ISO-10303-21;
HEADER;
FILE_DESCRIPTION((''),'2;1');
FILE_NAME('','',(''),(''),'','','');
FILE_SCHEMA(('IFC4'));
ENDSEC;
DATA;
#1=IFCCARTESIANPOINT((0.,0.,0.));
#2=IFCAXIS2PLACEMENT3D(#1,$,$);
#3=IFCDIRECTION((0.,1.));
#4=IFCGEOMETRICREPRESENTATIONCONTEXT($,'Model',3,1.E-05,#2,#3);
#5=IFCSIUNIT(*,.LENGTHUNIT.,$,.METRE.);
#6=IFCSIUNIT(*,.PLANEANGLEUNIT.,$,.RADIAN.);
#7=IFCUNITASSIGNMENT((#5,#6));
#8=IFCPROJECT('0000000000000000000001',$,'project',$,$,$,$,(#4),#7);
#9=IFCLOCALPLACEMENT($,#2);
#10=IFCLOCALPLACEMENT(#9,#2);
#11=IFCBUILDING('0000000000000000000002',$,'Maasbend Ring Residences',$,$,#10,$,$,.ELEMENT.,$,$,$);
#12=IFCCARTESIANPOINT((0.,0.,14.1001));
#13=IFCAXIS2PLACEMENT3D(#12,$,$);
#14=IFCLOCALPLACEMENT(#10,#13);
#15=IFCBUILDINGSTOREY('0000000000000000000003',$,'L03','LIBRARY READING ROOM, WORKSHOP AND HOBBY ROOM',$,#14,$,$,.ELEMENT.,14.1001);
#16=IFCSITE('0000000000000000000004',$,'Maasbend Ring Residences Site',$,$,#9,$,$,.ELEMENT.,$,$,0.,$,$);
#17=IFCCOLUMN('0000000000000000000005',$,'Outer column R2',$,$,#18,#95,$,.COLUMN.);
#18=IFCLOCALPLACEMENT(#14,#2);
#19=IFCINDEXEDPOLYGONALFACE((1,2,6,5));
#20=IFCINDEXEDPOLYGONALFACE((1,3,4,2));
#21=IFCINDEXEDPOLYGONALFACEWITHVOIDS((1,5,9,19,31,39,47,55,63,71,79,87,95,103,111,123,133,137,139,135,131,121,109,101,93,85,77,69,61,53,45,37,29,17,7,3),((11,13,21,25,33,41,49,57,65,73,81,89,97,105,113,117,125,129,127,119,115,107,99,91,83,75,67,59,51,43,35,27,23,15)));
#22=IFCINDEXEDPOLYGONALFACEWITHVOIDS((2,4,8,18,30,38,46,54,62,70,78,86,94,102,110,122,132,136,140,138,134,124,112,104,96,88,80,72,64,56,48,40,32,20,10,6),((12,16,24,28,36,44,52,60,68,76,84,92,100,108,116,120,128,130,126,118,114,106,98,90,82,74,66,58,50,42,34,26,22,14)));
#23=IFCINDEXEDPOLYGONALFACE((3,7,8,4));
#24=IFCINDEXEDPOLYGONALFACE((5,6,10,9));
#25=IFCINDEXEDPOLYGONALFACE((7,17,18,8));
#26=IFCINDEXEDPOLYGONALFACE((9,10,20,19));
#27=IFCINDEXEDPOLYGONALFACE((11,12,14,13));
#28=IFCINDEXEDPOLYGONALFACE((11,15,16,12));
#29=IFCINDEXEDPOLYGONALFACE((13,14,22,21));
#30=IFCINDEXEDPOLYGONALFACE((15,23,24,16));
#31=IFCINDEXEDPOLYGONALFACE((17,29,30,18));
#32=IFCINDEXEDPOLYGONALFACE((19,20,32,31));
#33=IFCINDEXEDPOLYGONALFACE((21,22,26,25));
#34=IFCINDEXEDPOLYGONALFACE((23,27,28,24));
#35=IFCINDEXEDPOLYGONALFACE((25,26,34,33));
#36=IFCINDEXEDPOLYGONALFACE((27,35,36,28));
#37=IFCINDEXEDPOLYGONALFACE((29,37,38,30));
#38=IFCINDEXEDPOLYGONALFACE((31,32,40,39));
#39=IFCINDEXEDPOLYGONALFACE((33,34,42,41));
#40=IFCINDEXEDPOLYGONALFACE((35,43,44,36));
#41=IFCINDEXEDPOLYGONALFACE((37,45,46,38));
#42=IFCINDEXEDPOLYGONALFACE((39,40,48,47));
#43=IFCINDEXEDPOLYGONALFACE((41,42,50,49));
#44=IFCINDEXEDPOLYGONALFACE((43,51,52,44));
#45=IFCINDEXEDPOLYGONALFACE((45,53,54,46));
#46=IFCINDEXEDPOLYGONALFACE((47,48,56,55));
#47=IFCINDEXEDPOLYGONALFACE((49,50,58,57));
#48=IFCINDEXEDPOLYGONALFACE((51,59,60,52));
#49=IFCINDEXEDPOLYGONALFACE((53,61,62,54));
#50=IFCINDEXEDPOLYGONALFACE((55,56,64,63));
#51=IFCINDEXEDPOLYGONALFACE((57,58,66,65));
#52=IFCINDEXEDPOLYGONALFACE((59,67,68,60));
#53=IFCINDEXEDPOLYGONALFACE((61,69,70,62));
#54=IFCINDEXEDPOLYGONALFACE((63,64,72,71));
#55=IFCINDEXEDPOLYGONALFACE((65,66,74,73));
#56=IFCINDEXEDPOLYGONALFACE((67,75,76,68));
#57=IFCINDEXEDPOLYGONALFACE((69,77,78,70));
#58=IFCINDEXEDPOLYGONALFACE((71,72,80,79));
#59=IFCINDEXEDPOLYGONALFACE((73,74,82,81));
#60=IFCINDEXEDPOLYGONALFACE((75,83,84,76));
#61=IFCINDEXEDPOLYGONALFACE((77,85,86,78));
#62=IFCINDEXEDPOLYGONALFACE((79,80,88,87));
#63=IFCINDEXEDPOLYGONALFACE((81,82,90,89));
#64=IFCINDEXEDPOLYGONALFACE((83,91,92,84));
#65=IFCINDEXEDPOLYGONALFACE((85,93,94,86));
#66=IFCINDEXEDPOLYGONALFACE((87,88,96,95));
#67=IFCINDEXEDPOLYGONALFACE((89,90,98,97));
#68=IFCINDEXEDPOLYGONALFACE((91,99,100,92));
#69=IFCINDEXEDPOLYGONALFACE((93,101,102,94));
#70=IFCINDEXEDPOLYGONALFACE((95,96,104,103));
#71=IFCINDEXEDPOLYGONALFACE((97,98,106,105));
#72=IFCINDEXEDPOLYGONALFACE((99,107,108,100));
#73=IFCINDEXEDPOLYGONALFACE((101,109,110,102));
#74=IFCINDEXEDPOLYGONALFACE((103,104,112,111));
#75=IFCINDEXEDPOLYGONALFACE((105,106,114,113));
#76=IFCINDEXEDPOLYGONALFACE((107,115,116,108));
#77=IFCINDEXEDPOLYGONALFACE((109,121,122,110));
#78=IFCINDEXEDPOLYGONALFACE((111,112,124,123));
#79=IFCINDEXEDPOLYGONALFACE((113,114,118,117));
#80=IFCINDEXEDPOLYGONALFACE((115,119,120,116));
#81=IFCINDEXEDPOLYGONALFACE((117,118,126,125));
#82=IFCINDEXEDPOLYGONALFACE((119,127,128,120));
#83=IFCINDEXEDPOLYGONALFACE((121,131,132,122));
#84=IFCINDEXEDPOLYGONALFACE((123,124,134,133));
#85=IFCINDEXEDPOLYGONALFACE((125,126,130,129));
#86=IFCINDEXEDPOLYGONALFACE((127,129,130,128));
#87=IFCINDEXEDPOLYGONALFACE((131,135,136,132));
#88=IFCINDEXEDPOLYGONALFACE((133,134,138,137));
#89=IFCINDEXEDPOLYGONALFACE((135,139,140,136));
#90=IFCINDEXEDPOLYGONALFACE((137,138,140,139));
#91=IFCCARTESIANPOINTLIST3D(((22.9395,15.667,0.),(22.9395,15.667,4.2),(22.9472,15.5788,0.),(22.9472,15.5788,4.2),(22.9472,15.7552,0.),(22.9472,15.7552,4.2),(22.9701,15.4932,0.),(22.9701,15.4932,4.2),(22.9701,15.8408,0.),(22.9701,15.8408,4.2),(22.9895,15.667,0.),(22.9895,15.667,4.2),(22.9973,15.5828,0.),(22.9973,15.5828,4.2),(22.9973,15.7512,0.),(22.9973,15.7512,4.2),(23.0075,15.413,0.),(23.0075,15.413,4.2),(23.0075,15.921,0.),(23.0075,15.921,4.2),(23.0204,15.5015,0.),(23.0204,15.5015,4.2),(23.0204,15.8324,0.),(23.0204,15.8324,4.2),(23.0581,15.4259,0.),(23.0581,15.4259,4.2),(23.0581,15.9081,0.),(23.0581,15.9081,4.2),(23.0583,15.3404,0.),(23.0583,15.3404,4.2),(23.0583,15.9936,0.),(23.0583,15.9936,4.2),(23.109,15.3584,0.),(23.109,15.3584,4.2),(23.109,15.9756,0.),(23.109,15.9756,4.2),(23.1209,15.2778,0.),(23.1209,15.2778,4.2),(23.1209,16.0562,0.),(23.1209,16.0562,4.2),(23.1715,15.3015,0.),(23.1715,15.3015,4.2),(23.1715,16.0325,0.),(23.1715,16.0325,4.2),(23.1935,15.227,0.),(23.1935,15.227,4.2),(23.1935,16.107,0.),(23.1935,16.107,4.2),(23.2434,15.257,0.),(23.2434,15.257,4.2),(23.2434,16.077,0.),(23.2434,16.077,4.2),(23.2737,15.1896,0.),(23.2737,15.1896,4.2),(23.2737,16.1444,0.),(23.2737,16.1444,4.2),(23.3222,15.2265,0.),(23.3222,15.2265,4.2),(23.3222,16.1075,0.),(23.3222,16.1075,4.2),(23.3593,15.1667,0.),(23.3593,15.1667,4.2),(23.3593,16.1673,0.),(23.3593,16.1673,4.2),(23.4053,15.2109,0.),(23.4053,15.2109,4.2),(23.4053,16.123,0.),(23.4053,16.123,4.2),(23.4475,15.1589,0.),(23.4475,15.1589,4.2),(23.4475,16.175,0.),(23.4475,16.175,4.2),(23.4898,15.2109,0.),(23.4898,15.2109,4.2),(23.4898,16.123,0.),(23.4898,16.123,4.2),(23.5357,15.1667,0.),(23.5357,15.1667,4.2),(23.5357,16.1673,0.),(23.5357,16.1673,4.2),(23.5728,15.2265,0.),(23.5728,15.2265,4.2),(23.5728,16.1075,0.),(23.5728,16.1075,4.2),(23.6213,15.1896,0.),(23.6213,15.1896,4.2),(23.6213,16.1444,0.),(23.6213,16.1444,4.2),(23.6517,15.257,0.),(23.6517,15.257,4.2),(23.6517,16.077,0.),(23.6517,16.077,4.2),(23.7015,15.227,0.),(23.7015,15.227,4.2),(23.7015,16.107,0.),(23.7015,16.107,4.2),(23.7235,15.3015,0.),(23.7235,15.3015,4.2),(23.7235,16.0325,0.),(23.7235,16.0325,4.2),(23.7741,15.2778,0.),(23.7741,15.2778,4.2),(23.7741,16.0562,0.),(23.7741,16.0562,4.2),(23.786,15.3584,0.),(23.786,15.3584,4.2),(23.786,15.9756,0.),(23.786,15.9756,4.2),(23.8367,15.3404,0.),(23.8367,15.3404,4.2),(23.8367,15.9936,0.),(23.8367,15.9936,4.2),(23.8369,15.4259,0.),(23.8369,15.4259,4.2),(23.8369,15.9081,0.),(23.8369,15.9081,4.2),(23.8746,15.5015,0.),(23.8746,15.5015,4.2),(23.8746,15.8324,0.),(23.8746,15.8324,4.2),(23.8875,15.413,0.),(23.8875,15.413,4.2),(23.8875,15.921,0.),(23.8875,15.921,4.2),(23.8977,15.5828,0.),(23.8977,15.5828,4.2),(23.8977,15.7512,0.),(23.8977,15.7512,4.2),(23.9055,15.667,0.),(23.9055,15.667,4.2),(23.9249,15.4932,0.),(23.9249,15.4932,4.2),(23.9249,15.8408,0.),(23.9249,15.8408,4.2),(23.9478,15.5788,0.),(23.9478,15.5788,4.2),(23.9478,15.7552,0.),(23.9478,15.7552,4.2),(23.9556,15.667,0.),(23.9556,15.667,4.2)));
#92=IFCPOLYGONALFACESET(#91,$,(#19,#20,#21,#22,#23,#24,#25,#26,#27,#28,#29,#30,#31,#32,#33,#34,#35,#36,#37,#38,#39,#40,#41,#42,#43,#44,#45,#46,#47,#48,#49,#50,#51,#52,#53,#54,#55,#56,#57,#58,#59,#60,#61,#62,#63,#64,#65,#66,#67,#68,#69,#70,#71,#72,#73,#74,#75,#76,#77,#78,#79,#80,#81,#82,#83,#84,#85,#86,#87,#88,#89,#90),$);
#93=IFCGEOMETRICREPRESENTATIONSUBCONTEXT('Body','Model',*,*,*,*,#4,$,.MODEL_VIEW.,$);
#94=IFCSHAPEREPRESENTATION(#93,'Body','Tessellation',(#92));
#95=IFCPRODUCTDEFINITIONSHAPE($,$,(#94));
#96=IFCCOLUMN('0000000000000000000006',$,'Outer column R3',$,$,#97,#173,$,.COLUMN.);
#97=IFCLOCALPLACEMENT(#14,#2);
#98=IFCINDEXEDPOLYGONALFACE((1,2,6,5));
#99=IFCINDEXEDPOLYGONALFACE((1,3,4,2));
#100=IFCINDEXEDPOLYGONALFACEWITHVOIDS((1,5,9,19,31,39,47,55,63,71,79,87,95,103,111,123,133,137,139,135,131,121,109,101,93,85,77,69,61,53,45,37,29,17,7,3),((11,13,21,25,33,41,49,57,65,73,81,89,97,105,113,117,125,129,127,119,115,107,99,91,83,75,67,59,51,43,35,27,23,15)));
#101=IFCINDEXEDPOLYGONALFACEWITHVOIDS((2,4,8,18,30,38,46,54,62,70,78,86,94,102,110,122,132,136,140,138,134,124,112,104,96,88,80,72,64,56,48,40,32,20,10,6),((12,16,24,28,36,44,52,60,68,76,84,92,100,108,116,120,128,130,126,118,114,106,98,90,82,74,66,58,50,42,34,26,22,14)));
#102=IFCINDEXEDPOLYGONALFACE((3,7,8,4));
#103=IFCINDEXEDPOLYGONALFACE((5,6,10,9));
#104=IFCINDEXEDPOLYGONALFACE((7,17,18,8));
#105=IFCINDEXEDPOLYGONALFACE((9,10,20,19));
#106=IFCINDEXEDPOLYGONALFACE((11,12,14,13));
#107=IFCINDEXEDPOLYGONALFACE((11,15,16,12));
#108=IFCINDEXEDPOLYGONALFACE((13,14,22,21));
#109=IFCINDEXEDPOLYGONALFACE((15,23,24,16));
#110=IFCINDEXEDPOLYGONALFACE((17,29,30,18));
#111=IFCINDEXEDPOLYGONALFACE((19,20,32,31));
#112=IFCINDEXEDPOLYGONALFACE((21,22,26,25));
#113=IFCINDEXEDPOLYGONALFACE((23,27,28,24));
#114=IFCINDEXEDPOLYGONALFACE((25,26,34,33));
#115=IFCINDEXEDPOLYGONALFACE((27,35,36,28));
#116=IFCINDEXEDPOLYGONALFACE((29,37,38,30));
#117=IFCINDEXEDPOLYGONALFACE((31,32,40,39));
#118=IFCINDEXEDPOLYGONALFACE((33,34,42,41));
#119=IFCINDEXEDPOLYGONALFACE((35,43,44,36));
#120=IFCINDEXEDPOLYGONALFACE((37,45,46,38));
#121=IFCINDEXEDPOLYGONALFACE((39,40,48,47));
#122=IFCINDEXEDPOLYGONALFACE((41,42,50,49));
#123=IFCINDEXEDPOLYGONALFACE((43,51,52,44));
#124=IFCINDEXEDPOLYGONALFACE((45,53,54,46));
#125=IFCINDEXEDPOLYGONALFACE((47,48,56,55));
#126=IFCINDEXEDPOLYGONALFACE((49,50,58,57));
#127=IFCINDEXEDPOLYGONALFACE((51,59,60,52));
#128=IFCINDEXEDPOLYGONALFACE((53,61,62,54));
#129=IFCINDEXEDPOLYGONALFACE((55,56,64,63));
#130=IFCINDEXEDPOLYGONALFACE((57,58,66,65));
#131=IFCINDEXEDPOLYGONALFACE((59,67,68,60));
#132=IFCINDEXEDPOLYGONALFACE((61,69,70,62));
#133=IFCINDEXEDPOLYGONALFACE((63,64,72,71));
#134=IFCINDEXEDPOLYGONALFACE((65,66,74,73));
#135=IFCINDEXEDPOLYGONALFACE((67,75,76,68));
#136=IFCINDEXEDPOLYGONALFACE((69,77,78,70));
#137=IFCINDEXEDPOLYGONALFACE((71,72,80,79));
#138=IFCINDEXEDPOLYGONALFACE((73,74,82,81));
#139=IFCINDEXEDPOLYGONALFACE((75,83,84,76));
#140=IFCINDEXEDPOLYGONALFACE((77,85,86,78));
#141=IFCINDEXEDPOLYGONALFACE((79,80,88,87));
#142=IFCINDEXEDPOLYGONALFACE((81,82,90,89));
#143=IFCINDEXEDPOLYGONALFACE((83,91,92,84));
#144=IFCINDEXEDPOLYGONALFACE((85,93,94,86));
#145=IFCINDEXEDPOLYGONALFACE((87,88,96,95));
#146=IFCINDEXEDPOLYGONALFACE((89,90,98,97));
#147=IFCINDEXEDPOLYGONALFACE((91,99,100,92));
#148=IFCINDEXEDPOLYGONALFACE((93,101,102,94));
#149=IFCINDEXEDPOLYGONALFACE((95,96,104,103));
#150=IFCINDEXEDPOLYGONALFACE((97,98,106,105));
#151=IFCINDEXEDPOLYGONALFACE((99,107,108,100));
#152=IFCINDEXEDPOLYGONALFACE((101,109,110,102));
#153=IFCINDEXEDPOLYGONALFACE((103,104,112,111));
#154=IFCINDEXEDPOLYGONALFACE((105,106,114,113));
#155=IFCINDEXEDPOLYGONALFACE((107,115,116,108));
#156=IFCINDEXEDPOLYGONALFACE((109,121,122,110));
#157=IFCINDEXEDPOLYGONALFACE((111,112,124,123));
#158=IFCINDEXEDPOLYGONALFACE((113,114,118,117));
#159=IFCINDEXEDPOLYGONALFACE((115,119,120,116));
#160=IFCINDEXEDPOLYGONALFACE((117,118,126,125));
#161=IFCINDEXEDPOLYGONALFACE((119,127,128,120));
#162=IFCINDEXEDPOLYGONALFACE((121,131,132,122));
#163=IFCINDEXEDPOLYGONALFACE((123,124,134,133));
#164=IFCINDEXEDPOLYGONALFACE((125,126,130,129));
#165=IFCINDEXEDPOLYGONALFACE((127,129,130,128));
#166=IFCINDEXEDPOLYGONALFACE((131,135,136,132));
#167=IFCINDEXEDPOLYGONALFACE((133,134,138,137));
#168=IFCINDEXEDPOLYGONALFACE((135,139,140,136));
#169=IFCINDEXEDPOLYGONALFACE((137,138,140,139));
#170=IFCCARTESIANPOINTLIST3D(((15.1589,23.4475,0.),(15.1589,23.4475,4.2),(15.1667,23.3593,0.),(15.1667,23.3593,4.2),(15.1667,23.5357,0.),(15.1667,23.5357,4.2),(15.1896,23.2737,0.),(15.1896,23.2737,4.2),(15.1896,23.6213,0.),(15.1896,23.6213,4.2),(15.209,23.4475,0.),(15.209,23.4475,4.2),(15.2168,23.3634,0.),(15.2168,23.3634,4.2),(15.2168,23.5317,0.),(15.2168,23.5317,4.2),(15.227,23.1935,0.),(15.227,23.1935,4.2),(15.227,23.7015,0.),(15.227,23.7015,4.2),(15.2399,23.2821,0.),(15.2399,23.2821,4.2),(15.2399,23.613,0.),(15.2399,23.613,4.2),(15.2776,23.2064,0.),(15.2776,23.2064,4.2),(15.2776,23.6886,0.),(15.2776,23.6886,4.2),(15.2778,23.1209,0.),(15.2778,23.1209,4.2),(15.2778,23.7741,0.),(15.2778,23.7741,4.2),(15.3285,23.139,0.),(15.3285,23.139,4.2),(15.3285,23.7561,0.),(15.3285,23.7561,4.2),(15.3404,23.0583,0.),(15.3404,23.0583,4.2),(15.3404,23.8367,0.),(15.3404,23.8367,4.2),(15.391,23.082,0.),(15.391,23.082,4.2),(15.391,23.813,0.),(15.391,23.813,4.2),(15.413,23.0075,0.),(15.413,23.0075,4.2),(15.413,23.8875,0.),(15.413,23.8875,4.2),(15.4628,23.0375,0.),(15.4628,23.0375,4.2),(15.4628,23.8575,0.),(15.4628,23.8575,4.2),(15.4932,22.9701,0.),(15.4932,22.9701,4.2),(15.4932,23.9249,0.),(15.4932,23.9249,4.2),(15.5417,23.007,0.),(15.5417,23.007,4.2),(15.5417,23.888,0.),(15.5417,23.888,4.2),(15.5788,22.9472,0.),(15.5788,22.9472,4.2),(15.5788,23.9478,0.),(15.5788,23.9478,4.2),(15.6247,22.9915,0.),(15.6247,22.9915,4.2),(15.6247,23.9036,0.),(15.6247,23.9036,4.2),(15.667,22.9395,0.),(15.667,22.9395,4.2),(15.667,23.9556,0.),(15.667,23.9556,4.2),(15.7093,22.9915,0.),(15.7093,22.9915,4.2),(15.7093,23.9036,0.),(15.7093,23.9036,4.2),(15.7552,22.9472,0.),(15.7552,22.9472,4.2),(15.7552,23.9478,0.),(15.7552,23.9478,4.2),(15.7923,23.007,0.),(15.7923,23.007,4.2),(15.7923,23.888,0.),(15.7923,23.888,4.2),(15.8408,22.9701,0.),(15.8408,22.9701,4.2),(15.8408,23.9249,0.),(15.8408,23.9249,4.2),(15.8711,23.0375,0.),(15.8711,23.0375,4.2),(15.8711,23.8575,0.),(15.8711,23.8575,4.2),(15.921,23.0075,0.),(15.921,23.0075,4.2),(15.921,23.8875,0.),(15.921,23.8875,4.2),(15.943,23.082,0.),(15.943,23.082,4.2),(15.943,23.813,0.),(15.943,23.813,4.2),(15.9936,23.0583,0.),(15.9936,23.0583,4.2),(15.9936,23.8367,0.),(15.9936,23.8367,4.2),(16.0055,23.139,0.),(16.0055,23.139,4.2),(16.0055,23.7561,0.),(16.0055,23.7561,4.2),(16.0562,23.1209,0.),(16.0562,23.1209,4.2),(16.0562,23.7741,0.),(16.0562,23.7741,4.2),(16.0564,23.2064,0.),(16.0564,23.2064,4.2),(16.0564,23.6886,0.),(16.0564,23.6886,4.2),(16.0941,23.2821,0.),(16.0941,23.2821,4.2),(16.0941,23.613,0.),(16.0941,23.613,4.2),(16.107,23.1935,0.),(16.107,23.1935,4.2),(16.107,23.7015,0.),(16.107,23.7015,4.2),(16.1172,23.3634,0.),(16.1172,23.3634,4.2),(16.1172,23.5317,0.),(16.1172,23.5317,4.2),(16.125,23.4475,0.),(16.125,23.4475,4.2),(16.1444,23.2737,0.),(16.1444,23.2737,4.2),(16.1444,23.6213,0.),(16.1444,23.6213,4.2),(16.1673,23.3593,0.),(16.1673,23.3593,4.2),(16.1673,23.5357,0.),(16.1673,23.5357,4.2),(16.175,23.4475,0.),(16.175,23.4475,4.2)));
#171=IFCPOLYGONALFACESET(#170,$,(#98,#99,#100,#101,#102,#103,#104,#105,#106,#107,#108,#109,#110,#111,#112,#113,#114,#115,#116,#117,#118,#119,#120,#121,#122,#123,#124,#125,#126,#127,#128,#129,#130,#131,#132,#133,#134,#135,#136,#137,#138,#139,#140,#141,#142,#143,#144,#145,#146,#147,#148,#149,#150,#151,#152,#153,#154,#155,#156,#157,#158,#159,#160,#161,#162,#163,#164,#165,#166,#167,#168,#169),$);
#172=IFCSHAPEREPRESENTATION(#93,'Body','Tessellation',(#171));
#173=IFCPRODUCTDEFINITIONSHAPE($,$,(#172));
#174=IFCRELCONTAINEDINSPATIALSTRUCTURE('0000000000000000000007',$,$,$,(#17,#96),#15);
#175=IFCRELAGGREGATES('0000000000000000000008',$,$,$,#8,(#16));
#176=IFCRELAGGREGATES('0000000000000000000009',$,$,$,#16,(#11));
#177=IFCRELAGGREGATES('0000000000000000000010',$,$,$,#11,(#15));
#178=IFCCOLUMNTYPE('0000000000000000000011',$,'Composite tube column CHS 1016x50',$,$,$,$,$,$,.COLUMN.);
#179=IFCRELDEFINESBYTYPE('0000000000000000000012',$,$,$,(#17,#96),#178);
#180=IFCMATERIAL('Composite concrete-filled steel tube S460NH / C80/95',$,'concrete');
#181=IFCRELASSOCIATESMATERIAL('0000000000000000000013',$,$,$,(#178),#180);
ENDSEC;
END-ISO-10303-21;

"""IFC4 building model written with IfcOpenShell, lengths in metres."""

from ifc_helpers import new_model, si_unit, direction, frame, origin, origin_2d, place, context, subcontext, project, spatial, hollow_circle, extrude, material, material_profile, profile_set, type_object, element, save


model = new_model("IFC4")

# Units and contexts
model_context = context("Model", 3, precision=1e-05, world=origin(), true_north=direction((0.0, 1.0)))
body_context = subcontext(model_context, "Body", "Model", "MODEL_VIEW")
ifc_project = project(units=[si_unit("LENGTHUNIT", "METRE"), si_unit("PLANEANGLEUNIT", "RADIAN")], contexts=[model_context])

# Site, building, storey
site_placement = place(None, origin())
site = spatial("IfcSite", under=ifc_project, at=site_placement, Name="Maasbend Ring Residences Site", CompositionType="ELEMENT", RefElevation=0.0)
building_placement = place(site_placement, origin())
building = spatial("IfcBuilding", under=site, at=building_placement, Name="Maasbend Ring Residences", CompositionType="ELEMENT")
storey_placement = place(building_placement, frame((0.0, 0.0, 14.1001)))
storey = spatial("IfcBuildingStorey", under=building, at=storey_placement, Name="L03", Description="LIBRARY READING ROOM, WORKSHOP AND HOBBY ROOM", CompositionType="ELEMENT", Elevation=14.1001)

# Columns
ifc_material_1 = material(Name="Composite concrete-filled steel tube S460NH / C80/95", Category="concrete")
ifc_material_profile_1 = material_profile(ifc_material_1, hollow_circle(Radius=0.5081, WallThickness=0.05, at=origin_2d()), Name="Composite tube column CHS 1016x50")
ifc_profile_set_1 = profile_set([ifc_material_profile_1], Name="Composite concrete-filled steel tube S460NH / C80/95")
column_type_1 = type_object("IfcColumnType", Name="Composite tube column CHS 1016x50", PredefinedType="COLUMN", material=ifc_profile_set_1)
for number, where, z_axis, x_axis, name in (
    (1, (23.4475, 15.667, 0.0), (0.0, 0.0, 1.0), (1.0, 0.0, 0.0), "Outer column R2"),
    (2, (15.667, 23.4475, 0.0), (0.0, 0.0, 1.0), (1.0, 0.0, 0.0), "Outer column R3"),
):
    element("IfcColumn", number, at=place(storey_placement, frame(where, z_axis=z_axis, x_axis=x_axis)), inside=storey, type_object=column_type_1, Name=name, PredefinedType="COLUMN", context=body_context, shape_type="SweptSolid", body=[
        extrude(hollow_circle(Radius=0.5081, WallThickness=0.05, at=origin_2d()), origin(), (0.0, 0.0, 1.0), 4.2),
    ])

save(model, "model.ifc")
